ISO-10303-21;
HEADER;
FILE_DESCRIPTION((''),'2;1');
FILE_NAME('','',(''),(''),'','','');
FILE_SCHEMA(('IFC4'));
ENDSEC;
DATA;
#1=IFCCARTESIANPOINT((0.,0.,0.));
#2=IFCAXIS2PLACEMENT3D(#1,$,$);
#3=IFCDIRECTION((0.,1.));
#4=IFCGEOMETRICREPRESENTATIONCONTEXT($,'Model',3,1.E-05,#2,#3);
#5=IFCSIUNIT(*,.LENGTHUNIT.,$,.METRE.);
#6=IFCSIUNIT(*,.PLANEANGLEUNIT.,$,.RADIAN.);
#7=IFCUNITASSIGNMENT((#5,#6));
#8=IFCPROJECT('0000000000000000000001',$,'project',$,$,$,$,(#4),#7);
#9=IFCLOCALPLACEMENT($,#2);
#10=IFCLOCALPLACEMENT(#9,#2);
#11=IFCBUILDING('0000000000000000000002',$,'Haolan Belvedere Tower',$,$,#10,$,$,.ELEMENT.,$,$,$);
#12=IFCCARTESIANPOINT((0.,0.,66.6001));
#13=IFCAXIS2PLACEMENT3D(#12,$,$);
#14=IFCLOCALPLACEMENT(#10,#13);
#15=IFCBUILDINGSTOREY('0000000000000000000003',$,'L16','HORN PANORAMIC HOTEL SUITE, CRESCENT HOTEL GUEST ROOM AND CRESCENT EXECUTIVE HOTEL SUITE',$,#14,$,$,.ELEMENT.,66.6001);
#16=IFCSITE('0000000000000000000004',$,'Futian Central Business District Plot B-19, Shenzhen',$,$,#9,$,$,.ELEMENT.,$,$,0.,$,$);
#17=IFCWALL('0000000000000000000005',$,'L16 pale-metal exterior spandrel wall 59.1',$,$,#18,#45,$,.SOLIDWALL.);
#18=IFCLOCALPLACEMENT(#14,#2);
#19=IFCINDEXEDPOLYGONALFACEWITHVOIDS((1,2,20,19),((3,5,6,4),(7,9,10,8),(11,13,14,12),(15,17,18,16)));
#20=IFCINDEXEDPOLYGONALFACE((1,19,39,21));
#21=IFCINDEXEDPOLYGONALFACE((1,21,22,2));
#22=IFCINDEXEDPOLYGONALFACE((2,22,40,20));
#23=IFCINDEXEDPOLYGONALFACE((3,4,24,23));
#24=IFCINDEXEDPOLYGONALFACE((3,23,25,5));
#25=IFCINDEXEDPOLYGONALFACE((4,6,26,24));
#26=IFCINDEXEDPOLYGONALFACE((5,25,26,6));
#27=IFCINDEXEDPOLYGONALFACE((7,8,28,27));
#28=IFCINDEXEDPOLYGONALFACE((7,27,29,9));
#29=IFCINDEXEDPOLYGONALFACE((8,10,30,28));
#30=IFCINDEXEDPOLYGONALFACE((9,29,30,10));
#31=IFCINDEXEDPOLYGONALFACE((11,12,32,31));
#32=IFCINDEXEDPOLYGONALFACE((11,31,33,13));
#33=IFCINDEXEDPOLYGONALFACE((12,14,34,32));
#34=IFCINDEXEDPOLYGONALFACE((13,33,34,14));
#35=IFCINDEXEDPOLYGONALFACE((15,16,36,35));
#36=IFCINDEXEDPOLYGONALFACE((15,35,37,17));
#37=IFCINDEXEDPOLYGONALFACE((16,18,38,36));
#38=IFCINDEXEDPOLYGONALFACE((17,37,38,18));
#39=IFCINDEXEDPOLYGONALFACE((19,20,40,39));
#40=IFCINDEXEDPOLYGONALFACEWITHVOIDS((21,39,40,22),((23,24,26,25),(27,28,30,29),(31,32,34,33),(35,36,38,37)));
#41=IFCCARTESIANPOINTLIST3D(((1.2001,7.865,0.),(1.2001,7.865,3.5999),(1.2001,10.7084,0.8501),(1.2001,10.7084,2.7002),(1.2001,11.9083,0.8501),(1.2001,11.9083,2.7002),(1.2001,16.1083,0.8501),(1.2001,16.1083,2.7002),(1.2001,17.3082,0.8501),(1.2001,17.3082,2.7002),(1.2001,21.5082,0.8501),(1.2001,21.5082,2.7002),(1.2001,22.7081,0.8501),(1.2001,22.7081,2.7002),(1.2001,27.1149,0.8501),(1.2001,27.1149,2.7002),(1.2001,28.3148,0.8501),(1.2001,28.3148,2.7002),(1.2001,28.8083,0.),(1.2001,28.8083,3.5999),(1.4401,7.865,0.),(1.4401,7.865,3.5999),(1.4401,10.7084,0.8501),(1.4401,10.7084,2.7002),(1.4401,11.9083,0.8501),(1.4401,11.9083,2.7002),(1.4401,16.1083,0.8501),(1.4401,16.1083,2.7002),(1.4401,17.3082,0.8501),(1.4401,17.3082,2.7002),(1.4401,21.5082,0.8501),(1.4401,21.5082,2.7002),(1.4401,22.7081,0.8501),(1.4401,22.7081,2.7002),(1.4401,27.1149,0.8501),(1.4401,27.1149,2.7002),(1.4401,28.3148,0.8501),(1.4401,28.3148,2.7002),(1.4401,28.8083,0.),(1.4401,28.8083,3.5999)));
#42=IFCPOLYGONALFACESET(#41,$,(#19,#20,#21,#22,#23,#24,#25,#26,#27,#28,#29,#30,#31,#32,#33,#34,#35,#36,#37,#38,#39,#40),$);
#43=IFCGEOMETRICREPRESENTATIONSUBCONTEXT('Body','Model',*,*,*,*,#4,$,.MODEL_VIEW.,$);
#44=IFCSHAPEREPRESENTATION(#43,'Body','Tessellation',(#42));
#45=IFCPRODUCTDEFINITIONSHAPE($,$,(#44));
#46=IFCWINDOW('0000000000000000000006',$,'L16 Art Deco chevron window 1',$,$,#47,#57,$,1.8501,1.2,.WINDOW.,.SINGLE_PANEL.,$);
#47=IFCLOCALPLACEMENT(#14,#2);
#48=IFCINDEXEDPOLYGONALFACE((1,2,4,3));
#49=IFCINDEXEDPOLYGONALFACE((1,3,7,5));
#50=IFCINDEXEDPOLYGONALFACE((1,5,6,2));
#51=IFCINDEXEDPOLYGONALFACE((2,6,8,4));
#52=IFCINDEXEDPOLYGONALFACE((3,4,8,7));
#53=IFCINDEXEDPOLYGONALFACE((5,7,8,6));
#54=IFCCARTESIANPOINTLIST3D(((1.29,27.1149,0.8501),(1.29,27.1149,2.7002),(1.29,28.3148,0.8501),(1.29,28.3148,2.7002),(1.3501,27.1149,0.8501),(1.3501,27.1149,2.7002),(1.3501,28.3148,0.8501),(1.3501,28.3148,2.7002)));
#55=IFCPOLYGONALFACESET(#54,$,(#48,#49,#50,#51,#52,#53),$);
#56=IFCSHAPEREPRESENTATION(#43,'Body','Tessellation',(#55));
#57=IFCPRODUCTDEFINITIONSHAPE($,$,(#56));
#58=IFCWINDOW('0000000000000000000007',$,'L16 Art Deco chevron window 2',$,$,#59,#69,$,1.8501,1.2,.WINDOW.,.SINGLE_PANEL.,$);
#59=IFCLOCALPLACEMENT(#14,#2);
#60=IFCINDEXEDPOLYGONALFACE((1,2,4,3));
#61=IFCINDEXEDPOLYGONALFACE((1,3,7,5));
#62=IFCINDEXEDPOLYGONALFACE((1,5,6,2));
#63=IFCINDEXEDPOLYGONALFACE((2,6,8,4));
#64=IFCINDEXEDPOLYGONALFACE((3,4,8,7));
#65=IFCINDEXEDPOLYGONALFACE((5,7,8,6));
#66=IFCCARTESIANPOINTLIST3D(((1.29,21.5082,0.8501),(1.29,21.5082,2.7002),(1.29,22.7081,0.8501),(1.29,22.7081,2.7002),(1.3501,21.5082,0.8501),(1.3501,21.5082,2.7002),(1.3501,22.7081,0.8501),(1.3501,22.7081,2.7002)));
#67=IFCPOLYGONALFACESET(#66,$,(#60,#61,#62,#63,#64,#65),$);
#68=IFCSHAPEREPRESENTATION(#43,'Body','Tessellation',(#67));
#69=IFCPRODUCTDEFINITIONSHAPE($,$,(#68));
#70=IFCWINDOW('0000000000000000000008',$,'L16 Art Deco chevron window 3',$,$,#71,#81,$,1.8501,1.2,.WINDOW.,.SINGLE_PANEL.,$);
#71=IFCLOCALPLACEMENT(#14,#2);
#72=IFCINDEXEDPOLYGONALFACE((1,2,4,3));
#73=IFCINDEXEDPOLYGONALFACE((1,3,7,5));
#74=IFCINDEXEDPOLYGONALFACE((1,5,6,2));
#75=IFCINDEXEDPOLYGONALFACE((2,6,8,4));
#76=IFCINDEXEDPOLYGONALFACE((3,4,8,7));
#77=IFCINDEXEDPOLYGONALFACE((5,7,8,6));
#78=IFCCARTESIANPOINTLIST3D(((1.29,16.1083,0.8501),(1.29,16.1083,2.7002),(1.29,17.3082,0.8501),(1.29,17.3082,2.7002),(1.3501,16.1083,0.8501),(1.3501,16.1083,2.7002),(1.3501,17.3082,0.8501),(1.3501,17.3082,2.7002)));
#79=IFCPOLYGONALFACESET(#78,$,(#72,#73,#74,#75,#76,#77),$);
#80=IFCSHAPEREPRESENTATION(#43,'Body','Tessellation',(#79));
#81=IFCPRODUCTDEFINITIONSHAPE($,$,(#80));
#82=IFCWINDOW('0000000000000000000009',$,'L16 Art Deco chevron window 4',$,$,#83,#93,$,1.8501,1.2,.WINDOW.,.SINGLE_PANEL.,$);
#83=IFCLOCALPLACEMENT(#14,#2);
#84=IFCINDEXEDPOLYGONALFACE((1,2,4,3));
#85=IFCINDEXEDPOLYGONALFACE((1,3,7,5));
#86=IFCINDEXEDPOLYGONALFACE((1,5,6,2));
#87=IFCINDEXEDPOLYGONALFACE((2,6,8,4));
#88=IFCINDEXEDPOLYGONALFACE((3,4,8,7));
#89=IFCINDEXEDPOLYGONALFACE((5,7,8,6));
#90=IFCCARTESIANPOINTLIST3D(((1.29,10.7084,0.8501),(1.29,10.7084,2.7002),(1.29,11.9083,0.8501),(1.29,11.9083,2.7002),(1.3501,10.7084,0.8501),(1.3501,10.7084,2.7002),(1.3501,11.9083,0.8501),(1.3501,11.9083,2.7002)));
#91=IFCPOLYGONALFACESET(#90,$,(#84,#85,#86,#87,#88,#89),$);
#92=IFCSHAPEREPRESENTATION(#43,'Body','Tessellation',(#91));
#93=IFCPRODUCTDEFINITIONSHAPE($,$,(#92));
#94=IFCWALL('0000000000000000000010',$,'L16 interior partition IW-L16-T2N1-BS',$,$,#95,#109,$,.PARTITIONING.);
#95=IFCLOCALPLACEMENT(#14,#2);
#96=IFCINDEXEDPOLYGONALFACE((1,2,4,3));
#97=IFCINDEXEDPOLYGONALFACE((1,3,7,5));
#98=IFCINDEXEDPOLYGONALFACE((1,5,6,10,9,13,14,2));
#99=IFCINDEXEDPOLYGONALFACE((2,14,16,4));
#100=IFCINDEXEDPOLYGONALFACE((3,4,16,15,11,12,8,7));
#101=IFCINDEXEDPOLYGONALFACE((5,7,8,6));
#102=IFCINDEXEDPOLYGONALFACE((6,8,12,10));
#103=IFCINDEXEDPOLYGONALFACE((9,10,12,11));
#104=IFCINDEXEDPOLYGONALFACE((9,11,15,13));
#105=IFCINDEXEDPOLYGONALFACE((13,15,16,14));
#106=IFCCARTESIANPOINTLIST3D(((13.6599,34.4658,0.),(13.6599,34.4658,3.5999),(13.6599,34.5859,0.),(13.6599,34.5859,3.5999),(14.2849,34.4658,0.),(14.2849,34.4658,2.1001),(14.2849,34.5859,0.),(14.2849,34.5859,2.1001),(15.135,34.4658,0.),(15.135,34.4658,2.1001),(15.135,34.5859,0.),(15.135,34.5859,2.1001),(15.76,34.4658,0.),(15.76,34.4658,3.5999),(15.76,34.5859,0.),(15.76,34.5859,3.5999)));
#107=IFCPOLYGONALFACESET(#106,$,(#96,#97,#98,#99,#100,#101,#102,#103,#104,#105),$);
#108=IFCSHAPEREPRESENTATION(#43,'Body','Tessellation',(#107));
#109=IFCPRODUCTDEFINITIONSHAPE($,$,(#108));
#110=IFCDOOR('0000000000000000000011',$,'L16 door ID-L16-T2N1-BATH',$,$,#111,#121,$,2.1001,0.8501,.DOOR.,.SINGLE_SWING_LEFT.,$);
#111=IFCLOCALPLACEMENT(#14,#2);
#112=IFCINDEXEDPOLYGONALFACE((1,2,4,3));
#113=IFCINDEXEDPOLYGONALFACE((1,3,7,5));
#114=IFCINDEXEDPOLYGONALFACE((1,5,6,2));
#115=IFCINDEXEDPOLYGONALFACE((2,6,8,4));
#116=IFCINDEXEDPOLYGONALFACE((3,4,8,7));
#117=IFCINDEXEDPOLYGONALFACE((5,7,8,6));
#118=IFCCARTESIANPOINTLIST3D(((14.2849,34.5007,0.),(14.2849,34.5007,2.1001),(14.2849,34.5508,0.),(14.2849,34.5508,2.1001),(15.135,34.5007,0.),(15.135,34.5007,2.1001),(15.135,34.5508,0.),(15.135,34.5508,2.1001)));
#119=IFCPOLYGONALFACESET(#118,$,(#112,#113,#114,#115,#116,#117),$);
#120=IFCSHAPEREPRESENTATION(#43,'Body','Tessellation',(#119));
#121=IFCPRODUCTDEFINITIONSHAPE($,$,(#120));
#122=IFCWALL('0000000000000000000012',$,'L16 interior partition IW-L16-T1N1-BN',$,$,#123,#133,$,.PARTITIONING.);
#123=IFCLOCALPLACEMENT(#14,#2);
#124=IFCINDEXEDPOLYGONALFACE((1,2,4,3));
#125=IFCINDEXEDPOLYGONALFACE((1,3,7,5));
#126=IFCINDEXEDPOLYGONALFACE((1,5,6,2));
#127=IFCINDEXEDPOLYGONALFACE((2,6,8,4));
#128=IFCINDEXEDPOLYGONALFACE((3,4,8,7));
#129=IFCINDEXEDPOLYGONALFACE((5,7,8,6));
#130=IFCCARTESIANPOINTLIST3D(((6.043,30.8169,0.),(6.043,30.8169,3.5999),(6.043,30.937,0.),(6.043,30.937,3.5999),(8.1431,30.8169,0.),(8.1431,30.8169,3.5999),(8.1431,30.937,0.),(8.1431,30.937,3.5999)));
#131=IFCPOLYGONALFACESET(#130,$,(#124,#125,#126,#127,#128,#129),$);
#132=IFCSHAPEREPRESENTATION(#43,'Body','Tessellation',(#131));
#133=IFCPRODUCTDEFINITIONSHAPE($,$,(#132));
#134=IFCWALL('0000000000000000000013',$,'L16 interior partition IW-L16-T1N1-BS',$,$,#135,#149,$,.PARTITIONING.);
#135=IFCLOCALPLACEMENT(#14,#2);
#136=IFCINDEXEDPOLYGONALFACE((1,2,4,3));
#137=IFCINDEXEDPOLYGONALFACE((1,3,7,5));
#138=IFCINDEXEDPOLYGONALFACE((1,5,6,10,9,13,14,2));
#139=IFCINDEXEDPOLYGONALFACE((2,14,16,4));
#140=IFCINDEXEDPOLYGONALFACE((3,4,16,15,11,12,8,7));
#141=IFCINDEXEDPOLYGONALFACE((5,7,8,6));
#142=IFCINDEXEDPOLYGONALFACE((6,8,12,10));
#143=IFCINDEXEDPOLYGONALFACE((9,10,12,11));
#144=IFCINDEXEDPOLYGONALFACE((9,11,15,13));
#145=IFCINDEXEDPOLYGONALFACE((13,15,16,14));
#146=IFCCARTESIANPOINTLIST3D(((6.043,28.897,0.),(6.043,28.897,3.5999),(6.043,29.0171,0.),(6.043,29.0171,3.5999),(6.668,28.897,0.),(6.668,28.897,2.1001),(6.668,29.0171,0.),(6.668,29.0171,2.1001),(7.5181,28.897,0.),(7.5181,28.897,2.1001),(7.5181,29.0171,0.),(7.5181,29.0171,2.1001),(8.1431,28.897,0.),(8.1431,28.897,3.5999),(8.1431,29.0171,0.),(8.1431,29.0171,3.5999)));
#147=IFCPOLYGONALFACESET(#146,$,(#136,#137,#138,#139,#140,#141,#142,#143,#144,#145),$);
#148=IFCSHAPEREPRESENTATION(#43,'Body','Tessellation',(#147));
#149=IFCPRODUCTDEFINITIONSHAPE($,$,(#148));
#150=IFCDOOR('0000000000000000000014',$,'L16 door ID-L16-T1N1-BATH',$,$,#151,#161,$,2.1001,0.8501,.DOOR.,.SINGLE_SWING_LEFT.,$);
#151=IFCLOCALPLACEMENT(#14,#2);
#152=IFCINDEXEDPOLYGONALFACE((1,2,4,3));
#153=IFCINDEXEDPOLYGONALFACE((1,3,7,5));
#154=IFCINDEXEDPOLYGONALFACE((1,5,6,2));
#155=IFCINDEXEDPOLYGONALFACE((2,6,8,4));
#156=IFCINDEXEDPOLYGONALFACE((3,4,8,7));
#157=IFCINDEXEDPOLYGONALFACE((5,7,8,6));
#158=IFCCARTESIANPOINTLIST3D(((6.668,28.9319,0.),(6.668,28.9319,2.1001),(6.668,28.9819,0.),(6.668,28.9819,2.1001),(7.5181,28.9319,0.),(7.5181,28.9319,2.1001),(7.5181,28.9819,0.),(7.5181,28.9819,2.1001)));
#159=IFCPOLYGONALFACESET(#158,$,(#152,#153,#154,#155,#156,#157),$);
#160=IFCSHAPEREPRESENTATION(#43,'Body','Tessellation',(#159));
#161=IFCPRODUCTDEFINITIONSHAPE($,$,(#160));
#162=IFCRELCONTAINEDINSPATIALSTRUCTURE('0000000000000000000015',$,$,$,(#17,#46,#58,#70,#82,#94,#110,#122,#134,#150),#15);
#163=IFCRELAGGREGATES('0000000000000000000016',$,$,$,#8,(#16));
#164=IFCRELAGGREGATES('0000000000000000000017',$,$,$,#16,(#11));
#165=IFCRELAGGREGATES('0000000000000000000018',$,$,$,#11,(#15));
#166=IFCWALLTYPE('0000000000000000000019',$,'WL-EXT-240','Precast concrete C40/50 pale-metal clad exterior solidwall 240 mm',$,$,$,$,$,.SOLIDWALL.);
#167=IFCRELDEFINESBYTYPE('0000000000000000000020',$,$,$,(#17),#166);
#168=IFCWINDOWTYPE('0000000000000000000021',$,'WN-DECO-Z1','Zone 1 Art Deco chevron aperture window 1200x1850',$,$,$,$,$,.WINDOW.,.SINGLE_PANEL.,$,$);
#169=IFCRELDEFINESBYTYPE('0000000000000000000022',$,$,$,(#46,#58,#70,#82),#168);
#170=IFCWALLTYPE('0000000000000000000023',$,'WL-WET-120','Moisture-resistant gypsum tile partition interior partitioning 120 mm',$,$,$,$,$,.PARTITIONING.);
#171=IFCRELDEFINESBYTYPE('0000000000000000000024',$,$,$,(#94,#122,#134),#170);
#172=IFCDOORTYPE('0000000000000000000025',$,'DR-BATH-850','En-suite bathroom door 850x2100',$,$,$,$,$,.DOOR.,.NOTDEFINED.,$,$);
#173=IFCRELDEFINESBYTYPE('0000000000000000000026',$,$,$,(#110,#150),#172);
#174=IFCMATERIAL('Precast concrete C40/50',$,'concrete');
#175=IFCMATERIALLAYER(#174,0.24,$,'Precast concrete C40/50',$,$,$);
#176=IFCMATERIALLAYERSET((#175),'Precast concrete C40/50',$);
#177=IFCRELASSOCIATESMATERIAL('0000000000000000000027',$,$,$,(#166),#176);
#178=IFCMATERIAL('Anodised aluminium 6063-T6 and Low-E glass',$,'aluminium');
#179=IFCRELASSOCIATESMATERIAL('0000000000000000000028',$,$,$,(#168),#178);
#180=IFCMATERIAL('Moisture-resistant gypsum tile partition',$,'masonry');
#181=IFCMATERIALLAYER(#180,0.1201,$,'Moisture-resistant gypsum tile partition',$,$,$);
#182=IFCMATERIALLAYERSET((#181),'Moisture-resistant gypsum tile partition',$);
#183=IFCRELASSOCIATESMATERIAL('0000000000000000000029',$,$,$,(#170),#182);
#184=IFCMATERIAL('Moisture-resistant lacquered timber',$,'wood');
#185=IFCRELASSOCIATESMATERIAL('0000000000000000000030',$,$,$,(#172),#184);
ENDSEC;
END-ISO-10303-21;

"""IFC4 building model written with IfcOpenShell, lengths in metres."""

from ifc_helpers import new_model, si_unit, direction, frame, frame_2d, origin, place, context, subcontext, project, spatial, rectangle, extrude, material, layer, layer_set, type_object, element, fill, save


model = new_model("IFC4")

# Units and contexts
model_context = context("Model", 3, precision=1e-05, world=origin(), true_north=direction((0.0, 1.0)))
body_context = subcontext(model_context, "Body", "Model", "MODEL_VIEW")
ifc_project = project(units=[si_unit("LENGTHUNIT", "METRE"), si_unit("PLANEANGLEUNIT", "RADIAN")], contexts=[model_context])

# Site, building, storey
site_placement = place(None, origin())
site = spatial("IfcSite", under=ifc_project, at=site_placement, Name="Futian Central Business District Plot B-19, Shenzhen", CompositionType="ELEMENT", RefElevation=0.0)
building_placement = place(site_placement, origin())
building = spatial("IfcBuilding", under=site, at=building_placement, Name="Haolan Belvedere Tower", CompositionType="ELEMENT")
storey_placement = place(building_placement, frame((0.0, 0.0, 66.6001)))
storey = spatial("IfcBuildingStorey", under=building, at=storey_placement, Name="L16", Description="HORN PANORAMIC HOTEL SUITE, CRESCENT HOTEL GUEST ROOM AND CRESCENT EXECUTIVE HOTEL SUITE", CompositionType="ELEMENT", Elevation=66.6001)

# Shared definitions
ifc_material_1 = material(Name="Precast concrete C40/50", Category="concrete")
ifc_layer_1 = layer(ifc_material_1, 0.24, Name="Precast concrete C40/50")
ifc_layer_set_1 = layer_set([ifc_layer_1], Name="Precast concrete C40/50")
wall_type_1 = type_object("IfcWallType", Name="WL-EXT-240", Description="Precast concrete C40/50 pale-metal clad exterior solidwall 240 mm", PredefinedType="SOLIDWALL", material=ifc_layer_set_1)

# Shared definitions
ifc_material_2 = material(Name="Anodised aluminium 6063-T6 and Low-E glass", Category="aluminium")
window_type = type_object("IfcWindowType", Name="WN-DECO-Z1", Description="Zone 1 Art Deco chevron aperture window 1200x1850", PartitioningType="SINGLE_PANEL", PredefinedType="WINDOW", material=ifc_material_2)

# Wall, openings, windows
wall_1_placement = place(storey_placement, frame((1.3201, 28.8083, 0.0), z_axis=(0.0, 0.0, 1.0), x_axis=(0.0, -1.0, 0.0)))
wall_1 = element("IfcWall", 1, at=wall_1_placement, inside=storey, type_object=wall_type_1, Name="L16 pale-metal exterior spandrel wall 59.1", PredefinedType="SOLIDWALL", context=body_context, shape_type="SweptSolid", body=[
    extrude(rectangle(XDim=20.9434, YDim=0.24, at=frame_2d((10.4717, 0.0))), origin(), (0.0, 0.0, 1.0), 3.5999),
])
opening_1_placement = place(wall_1_placement, frame((0.4934, 0.0, 0.8501)))
opening_1 = element("IfcOpeningElement", 2, at=opening_1_placement, cuts=wall_1, PredefinedType="OPENING", context=body_context, shape_type="SweptSolid", body=[
    extrude(rectangle(XDim=1.2, YDim=1.8501, at=frame_2d((0.6001, 0.925))), frame((0.0, 0.1299, 0.0), z_axis=(0.0, -1.0, 0.0), x_axis=(1.0, 0.0, 0.0)), (0.0, 0.0, 1.0), 0.26),
])
opening_2_placement = place(wall_1_placement, frame((6.1001, 0.0, 0.8501)))
opening_2 = element("IfcOpeningElement", 3, at=opening_2_placement, cuts=wall_1, PredefinedType="OPENING", context=body_context, shape_type="SweptSolid", body=[
    extrude(rectangle(XDim=1.2, YDim=1.8501, at=frame_2d((0.6001, 0.925))), frame((0.0, 0.1299, 0.0), z_axis=(0.0, -1.0, 0.0), x_axis=(1.0, 0.0, 0.0)), (0.0, 0.0, 1.0), 0.26),
])
opening_3_placement = place(wall_1_placement, frame((11.5, 0.0, 0.8501)))
opening_3 = element("IfcOpeningElement", 4, at=opening_3_placement, cuts=wall_1, PredefinedType="OPENING", context=body_context, shape_type="SweptSolid", body=[
    extrude(rectangle(XDim=1.2, YDim=1.8501, at=frame_2d((0.6001, 0.925))), frame((0.0, 0.1299, 0.0), z_axis=(0.0, -1.0, 0.0), x_axis=(1.0, 0.0, 0.0)), (0.0, 0.0, 1.0), 0.26),
])
opening_4_placement = place(wall_1_placement, frame((16.8999, 0.0, 0.8501)))
opening_4 = element("IfcOpeningElement", 5, at=opening_4_placement, cuts=wall_1, PredefinedType="OPENING", context=body_context, shape_type="SweptSolid", body=[
    extrude(rectangle(XDim=1.2, YDim=1.8501, at=frame_2d((0.6001, 0.925))), frame((0.0, 0.1299, 0.0), z_axis=(0.0, -1.0, 0.0), x_axis=(1.0, 0.0, 0.0)), (0.0, 0.0, 1.0), 0.26),
])
window_1_placement = place(opening_1_placement, origin())
window_1 = element("IfcWindow", 6, at=window_1_placement, inside=storey, type_object=window_type, Name="L16 Art Deco chevron window 1", OverallHeight=1.8501, OverallWidth=1.2, PartitioningType="SINGLE_PANEL", PredefinedType="WINDOW", context=body_context, shape_type="SweptSolid", body=[
    extrude(rectangle(XDim=1.2, YDim=1.8501, at=frame_2d((0.6001, 0.925))), frame((0.0, 0.03, 0.0), z_axis=(0.0, -1.0, 0.0), x_axis=(1.0, 0.0, 0.0)), (0.0, 0.0, 1.0), 0.0601),
])
fill(opening_1, window_1)
window_2_placement = place(opening_2_placement, origin())
window_2 = element("IfcWindow", 7, at=window_2_placement, inside=storey, type_object=window_type, Name="L16 Art Deco chevron window 2", OverallHeight=1.8501, OverallWidth=1.2, PartitioningType="SINGLE_PANEL", PredefinedType="WINDOW", context=body_context, shape_type="SweptSolid", body=[
    extrude(rectangle(XDim=1.2, YDim=1.8501, at=frame_2d((0.6001, 0.925))), frame((0.0, 0.03, 0.0), z_axis=(0.0, -1.0, 0.0), x_axis=(1.0, 0.0, 0.0)), (0.0, 0.0, 1.0), 0.0601),
])
fill(opening_2, window_2)
window_3_placement = place(opening_3_placement, origin())
window_3 = element("IfcWindow", 8, at=window_3_placement, inside=storey, type_object=window_type, Name="L16 Art Deco chevron window 3", OverallHeight=1.8501, OverallWidth=1.2, PartitioningType="SINGLE_PANEL", PredefinedType="WINDOW", context=body_context, shape_type="SweptSolid", body=[
    extrude(rectangle(XDim=1.2, YDim=1.8501, at=frame_2d((0.6001, 0.925))), frame((0.0, 0.03, 0.0), z_axis=(0.0, -1.0, 0.0), x_axis=(1.0, 0.0, 0.0)), (0.0, 0.0, 1.0), 0.0601),
])
fill(opening_3, window_3)
window_4_placement = place(opening_4_placement, origin())
window_4 = element("IfcWindow", 9, at=window_4_placement, inside=storey, type_object=window_type, Name="L16 Art Deco chevron window 4", OverallHeight=1.8501, OverallWidth=1.2, PartitioningType="SINGLE_PANEL", PredefinedType="WINDOW", context=body_context, shape_type="SweptSolid", body=[
    extrude(rectangle(XDim=1.2, YDim=1.8501, at=frame_2d((0.6001, 0.925))), frame((0.0, 0.03, 0.0), z_axis=(0.0, -1.0, 0.0), x_axis=(1.0, 0.0, 0.0)), (0.0, 0.0, 1.0), 0.0601),
])
fill(opening_4, window_4)

# Wall, opening, door
ifc_material_3 = material(Name="Moisture-resistant gypsum tile partition", Category="masonry")
ifc_layer_2 = layer(ifc_material_3, 0.1201, Name="Moisture-resistant gypsum tile partition")
ifc_layer_set_2 = layer_set([ifc_layer_2], Name="Moisture-resistant gypsum tile partition")
wall_type_2 = type_object("IfcWallType", Name="WL-WET-120", Description="Moisture-resistant gypsum tile partition interior partitioning 120 mm", PredefinedType="PARTITIONING", material=ifc_layer_set_2)
wall_2_placement = place(storey_placement, frame((13.6599, 34.5259, 0.0), z_axis=(0.0, 0.0, 1.0), x_axis=(1.0, 0.0, 0.0)))
wall_2 = element("IfcWall", 10, at=wall_2_placement, inside=storey, type_object=wall_type_2, Name="L16 interior partition IW-L16-T2N1-BS", PredefinedType="PARTITIONING", context=body_context, shape_type="SweptSolid", body=[
    extrude(rectangle(XDim=2.1001, YDim=0.1201, at=frame_2d((1.05, 0.0))), origin(), (0.0, 0.0, 1.0), 3.5999),
])
opening_5_placement = place(wall_2_placement, frame((0.625, 0.0, 0.0)))
opening_5 = element("IfcOpeningElement", 11, at=opening_5_placement, cuts=wall_2, PredefinedType="OPENING", context=body_context, shape_type="SweptSolid", body=[
    extrude(rectangle(XDim=0.8501, YDim=2.1001, at=frame_2d((0.425, 1.05))), frame((0.0, 0.0701, 0.0), z_axis=(0.0, -1.0, 0.0), x_axis=(1.0, 0.0, 0.0)), (0.0, 0.0, 1.0), 0.1401),
])
ifc_material_4 = material(Name="Moisture-resistant lacquered timber", Category="wood")
door_type = type_object("IfcDoorType", Name="DR-BATH-850", Description="En-suite bathroom door 850x2100", OperationType="NOTDEFINED", PredefinedType="DOOR", material=ifc_material_4)
door_1_placement = place(opening_5_placement, origin())
door_1 = element("IfcDoor", 12, at=door_1_placement, inside=storey, type_object=door_type, Name="L16 door ID-L16-T2N1-BATH", OperationType="SINGLE_SWING_LEFT", OverallHeight=2.1001, OverallWidth=0.8501, PredefinedType="DOOR", context=body_context, shape_type="SweptSolid", body=[
    extrude(rectangle(XDim=0.8501, YDim=2.1001, at=frame_2d((0.425, 1.05))), frame((0.0, 0.0249, 0.0), z_axis=(0.0, -1.0, 0.0), x_axis=(1.0, 0.0, 0.0)), (0.0, 0.0, 1.0), 0.05),
])
fill(opening_5, door_1)

# Wall
wall_3_placement = place(storey_placement, frame((6.043, 30.877, 0.0), z_axis=(0.0, 0.0, 1.0), x_axis=(1.0, 0.0, 0.0)))
element("IfcWall", 13, at=wall_3_placement, inside=storey, type_object=wall_type_2, Name="L16 interior partition IW-L16-T1N1-BN", PredefinedType="PARTITIONING", context=body_context, shape_type="SweptSolid", body=[
    extrude(rectangle(XDim=2.1001, YDim=0.1201, at=frame_2d((1.05, 0.0))), origin(), (0.0, 0.0, 1.0), 3.5999),
])

# Wall, opening, door
wall_4_placement = place(storey_placement, frame((6.043, 28.957, 0.0), z_axis=(0.0, 0.0, 1.0), x_axis=(1.0, 0.0, 0.0)))
wall_4 = element("IfcWall", 14, at=wall_4_placement, inside=storey, type_object=wall_type_2, Name="L16 interior partition IW-L16-T1N1-BS", PredefinedType="PARTITIONING", context=body_context, shape_type="SweptSolid", body=[
    extrude(rectangle(XDim=2.1001, YDim=0.1201, at=frame_2d((1.05, 0.0))), origin(), (0.0, 0.0, 1.0), 3.5999),
])
opening_6_placement = place(wall_4_placement, frame((0.625, 0.0, 0.0)))
opening_6 = element("IfcOpeningElement", 15, at=opening_6_placement, cuts=wall_4, PredefinedType="OPENING", context=body_context, shape_type="SweptSolid", body=[
    extrude(rectangle(XDim=0.8501, YDim=2.1001, at=frame_2d((0.425, 1.05))), frame((0.0, 0.0701, 0.0), z_axis=(0.0, -1.0, 0.0), x_axis=(1.0, 0.0, 0.0)), (0.0, 0.0, 1.0), 0.1401),
])
door_2_placement = place(opening_6_placement, origin())
door_2 = element("IfcDoor", 16, at=door_2_placement, inside=storey, type_object=door_type, Name="L16 door ID-L16-T1N1-BATH", OperationType="SINGLE_SWING_LEFT", OverallHeight=2.1001, OverallWidth=0.8501, PredefinedType="DOOR", context=body_context, shape_type="SweptSolid", body=[
    extrude(rectangle(XDim=0.8501, YDim=2.1001, at=frame_2d((0.425, 1.05))), frame((0.0, 0.0249, 0.0), z_axis=(0.0, -1.0, 0.0), x_axis=(1.0, 0.0, 0.0)), (0.0, 0.0, 1.0), 0.05),
])
fill(opening_6, door_2)

save(model, "model.ifc")
